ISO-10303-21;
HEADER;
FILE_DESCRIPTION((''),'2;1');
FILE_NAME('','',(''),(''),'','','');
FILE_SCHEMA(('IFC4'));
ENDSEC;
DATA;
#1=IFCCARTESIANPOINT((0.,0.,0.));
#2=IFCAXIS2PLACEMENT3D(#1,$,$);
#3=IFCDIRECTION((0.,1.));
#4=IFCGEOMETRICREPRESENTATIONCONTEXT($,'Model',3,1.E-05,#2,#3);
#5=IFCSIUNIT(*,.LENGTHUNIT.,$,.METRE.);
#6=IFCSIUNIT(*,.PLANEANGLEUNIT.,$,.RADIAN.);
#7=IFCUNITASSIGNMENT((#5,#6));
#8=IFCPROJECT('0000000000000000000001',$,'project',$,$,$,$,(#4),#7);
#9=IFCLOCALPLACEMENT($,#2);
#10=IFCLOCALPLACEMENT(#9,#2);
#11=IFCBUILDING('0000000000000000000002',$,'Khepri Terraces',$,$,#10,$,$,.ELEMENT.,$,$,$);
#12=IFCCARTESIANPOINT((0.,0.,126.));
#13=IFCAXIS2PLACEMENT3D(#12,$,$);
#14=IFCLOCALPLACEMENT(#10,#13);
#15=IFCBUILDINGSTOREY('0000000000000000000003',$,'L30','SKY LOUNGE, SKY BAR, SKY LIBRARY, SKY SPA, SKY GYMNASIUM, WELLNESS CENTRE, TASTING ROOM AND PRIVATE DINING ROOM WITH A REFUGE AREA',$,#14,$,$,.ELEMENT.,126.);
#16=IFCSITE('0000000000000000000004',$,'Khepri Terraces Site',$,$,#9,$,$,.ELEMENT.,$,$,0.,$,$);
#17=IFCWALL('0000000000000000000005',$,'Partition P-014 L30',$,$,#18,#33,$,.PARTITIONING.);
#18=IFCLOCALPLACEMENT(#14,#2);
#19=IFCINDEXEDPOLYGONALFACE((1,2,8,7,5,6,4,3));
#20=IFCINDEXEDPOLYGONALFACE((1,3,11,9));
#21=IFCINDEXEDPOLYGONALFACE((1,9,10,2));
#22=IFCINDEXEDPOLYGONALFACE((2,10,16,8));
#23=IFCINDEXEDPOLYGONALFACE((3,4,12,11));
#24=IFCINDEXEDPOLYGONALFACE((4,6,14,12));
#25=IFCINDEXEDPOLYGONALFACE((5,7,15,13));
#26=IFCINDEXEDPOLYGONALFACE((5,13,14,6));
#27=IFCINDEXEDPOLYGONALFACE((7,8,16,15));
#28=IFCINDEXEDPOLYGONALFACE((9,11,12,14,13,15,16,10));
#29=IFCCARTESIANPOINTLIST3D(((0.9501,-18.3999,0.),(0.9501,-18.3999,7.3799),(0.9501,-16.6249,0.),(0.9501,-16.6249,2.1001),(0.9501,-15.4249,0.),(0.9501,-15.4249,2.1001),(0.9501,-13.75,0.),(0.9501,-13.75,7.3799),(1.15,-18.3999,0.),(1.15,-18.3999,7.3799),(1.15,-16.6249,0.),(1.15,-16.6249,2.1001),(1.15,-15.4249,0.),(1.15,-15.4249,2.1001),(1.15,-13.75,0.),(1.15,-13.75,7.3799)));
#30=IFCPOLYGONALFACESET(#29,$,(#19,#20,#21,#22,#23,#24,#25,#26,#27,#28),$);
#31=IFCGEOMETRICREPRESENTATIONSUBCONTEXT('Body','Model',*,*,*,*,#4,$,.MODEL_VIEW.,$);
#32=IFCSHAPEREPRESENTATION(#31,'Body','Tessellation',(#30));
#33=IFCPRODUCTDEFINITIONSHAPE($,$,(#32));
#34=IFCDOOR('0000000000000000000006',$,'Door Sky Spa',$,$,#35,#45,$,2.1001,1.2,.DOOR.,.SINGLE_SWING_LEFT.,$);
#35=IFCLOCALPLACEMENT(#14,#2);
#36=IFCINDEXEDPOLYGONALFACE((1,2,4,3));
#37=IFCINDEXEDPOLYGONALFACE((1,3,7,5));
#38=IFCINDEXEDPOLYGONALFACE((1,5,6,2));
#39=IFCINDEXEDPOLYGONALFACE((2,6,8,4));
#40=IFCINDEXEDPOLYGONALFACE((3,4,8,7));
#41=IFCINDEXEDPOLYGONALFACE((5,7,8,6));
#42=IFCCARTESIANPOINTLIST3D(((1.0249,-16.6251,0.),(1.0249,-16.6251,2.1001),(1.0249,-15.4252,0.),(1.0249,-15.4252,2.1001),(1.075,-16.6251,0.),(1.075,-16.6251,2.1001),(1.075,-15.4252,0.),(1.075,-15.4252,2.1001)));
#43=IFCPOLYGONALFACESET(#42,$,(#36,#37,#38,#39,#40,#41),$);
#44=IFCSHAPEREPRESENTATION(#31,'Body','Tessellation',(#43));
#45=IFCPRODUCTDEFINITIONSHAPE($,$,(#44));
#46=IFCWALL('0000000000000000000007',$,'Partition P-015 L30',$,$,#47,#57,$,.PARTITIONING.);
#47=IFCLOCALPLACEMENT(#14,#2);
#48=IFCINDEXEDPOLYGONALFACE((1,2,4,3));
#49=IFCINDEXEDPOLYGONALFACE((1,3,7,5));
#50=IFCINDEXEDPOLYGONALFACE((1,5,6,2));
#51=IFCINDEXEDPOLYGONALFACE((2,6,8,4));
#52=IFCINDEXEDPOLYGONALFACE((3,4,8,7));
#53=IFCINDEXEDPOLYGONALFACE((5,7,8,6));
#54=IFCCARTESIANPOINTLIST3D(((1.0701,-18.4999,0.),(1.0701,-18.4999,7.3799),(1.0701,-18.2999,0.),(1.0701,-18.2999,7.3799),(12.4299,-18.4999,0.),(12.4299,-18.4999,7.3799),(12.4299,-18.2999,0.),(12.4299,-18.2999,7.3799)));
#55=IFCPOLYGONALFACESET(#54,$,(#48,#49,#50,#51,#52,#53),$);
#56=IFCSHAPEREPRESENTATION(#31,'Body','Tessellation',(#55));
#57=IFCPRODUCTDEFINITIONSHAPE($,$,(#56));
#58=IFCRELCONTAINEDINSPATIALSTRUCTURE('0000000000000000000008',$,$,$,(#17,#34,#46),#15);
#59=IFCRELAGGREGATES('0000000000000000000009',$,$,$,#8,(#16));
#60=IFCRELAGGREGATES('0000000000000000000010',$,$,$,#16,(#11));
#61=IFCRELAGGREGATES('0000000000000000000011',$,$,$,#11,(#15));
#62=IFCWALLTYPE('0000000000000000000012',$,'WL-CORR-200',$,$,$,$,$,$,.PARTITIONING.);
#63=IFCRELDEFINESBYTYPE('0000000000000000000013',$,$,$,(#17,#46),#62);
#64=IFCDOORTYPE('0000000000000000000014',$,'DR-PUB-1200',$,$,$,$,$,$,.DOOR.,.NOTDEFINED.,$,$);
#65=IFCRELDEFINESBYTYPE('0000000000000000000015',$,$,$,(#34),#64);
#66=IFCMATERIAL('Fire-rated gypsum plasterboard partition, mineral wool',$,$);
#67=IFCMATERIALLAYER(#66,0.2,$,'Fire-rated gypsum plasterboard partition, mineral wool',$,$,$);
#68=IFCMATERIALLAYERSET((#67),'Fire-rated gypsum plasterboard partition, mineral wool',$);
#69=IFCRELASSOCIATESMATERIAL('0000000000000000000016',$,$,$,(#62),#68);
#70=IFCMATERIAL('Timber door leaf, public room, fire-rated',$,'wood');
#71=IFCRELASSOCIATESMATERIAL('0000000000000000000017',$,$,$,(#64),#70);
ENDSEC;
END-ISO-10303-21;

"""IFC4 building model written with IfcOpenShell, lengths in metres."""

from ifc_helpers import new_model, si_unit, direction, frame, frame_2d, origin, place, context, subcontext, project, spatial, rectangle, extrude, material, layer, layer_set, type_object, element, fill, save


model = new_model("IFC4")

# Units and contexts
model_context = context("Model", 3, precision=1e-05, world=origin(), true_north=direction((0.0, 1.0)))
body_context = subcontext(model_context, "Body", "Model", "MODEL_VIEW")
ifc_project = project(units=[si_unit("LENGTHUNIT", "METRE"), si_unit("PLANEANGLEUNIT", "RADIAN")], contexts=[model_context])

# Site, building, storey
site_placement = place(None, origin())
site = spatial("IfcSite", under=ifc_project, at=site_placement, Name="Khepri Terraces Site", CompositionType="ELEMENT", RefElevation=0.0)
building_placement = place(site_placement, origin())
building = spatial("IfcBuilding", under=site, at=building_placement, Name="Khepri Terraces", CompositionType="ELEMENT")
storey_placement = place(building_placement, frame((0.0, 0.0, 126.0)))
storey = spatial("IfcBuildingStorey", under=building, at=storey_placement, Name="L30", Description="SKY LOUNGE, SKY BAR, SKY LIBRARY, SKY SPA, SKY GYMNASIUM, WELLNESS CENTRE, TASTING ROOM AND PRIVATE DINING ROOM WITH A REFUGE AREA", CompositionType="ELEMENT", Elevation=126.0)

# Shared definitions
ifc_material_1 = material(Name="Fire-rated gypsum plasterboard partition, mineral wool")
ifc_layer_1 = layer(ifc_material_1, 0.2, Name="Fire-rated gypsum plasterboard partition, mineral wool")
ifc_layer_set_1 = layer_set([ifc_layer_1], Name="Fire-rated gypsum plasterboard partition, mineral wool")
wall_type = type_object("IfcWallType", Name="WL-CORR-200", PredefinedType="PARTITIONING", material=ifc_layer_set_1)

# Wall, opening, door
wall_1_placement = place(storey_placement, frame((1.05, -18.3999, 0.0), z_axis=(0.0, 0.0, 1.0), x_axis=(0.0, 1.0, 0.0)))
wall_1 = element("IfcWall", 1, at=wall_1_placement, inside=storey, type_object=wall_type, Name="Partition P-014 L30", PredefinedType="PARTITIONING", context=body_context, shape_type="SweptSolid", body=[
    extrude(rectangle(XDim=4.6499, YDim=0.2, at=frame_2d((2.325, 0.0))), origin(), (0.0, 0.0, 1.0), 7.3799),
])
opening_placement = place(wall_1_placement, frame((1.7749, 0.0, 0.0)))
opening = element("IfcOpeningElement", 2, at=opening_placement, cuts=wall_1, PredefinedType="OPENING", context=body_context, shape_type="SweptSolid", body=[
    extrude(rectangle(XDim=1.2, YDim=2.1001, at=frame_2d((0.6001, 1.05))), frame((0.0, 0.1099, 0.0), z_axis=(0.0, -1.0, 0.0), x_axis=(1.0, 0.0, 0.0)), (0.0, 0.0, 1.0), 0.22),
])
ifc_material_2 = material(Name="Timber door leaf, public room, fire-rated", Category="wood")
door_type = type_object("IfcDoorType", Name="DR-PUB-1200", OperationType="NOTDEFINED", PredefinedType="DOOR", material=ifc_material_2)
door_placement = place(opening_placement, frame((1.2, 0.0, 0.0), z_axis=(0.0, 0.0, 1.0), x_axis=(-1.0, 0.0, 0.0)))
door = element("IfcDoor", 3, at=door_placement, inside=storey, type_object=door_type, Name="Door Sky Spa", OperationType="SINGLE_SWING_LEFT", OverallHeight=2.1001, OverallWidth=1.2, PredefinedType="DOOR", context=body_context, shape_type="SweptSolid", body=[
    extrude(rectangle(XDim=1.2, YDim=2.1001, at=frame_2d((0.6001, 1.05))), frame((0.0, 0.0249, 0.0), z_axis=(0.0, -1.0, 0.0), x_axis=(1.0, 0.0, 0.0)), (0.0, 0.0, 1.0), 0.05),
])
fill(opening, door)

# Wall
wall_2_placement = place(storey_placement, frame((1.0701, -18.3999, 0.0), z_axis=(0.0, 0.0, 1.0), x_axis=(1.0, 0.0, 0.0)))
element("IfcWall", 4, at=wall_2_placement, inside=storey, type_object=wall_type, Name="Partition P-015 L30", PredefinedType="PARTITIONING", context=body_context, shape_type="SweptSolid", body=[
    extrude(rectangle(XDim=11.3599, YDim=0.2, at=frame_2d((5.6799, 0.0))), origin(), (0.0, 0.0, 1.0), 7.3799),
])

save(model, "model.ifc")
